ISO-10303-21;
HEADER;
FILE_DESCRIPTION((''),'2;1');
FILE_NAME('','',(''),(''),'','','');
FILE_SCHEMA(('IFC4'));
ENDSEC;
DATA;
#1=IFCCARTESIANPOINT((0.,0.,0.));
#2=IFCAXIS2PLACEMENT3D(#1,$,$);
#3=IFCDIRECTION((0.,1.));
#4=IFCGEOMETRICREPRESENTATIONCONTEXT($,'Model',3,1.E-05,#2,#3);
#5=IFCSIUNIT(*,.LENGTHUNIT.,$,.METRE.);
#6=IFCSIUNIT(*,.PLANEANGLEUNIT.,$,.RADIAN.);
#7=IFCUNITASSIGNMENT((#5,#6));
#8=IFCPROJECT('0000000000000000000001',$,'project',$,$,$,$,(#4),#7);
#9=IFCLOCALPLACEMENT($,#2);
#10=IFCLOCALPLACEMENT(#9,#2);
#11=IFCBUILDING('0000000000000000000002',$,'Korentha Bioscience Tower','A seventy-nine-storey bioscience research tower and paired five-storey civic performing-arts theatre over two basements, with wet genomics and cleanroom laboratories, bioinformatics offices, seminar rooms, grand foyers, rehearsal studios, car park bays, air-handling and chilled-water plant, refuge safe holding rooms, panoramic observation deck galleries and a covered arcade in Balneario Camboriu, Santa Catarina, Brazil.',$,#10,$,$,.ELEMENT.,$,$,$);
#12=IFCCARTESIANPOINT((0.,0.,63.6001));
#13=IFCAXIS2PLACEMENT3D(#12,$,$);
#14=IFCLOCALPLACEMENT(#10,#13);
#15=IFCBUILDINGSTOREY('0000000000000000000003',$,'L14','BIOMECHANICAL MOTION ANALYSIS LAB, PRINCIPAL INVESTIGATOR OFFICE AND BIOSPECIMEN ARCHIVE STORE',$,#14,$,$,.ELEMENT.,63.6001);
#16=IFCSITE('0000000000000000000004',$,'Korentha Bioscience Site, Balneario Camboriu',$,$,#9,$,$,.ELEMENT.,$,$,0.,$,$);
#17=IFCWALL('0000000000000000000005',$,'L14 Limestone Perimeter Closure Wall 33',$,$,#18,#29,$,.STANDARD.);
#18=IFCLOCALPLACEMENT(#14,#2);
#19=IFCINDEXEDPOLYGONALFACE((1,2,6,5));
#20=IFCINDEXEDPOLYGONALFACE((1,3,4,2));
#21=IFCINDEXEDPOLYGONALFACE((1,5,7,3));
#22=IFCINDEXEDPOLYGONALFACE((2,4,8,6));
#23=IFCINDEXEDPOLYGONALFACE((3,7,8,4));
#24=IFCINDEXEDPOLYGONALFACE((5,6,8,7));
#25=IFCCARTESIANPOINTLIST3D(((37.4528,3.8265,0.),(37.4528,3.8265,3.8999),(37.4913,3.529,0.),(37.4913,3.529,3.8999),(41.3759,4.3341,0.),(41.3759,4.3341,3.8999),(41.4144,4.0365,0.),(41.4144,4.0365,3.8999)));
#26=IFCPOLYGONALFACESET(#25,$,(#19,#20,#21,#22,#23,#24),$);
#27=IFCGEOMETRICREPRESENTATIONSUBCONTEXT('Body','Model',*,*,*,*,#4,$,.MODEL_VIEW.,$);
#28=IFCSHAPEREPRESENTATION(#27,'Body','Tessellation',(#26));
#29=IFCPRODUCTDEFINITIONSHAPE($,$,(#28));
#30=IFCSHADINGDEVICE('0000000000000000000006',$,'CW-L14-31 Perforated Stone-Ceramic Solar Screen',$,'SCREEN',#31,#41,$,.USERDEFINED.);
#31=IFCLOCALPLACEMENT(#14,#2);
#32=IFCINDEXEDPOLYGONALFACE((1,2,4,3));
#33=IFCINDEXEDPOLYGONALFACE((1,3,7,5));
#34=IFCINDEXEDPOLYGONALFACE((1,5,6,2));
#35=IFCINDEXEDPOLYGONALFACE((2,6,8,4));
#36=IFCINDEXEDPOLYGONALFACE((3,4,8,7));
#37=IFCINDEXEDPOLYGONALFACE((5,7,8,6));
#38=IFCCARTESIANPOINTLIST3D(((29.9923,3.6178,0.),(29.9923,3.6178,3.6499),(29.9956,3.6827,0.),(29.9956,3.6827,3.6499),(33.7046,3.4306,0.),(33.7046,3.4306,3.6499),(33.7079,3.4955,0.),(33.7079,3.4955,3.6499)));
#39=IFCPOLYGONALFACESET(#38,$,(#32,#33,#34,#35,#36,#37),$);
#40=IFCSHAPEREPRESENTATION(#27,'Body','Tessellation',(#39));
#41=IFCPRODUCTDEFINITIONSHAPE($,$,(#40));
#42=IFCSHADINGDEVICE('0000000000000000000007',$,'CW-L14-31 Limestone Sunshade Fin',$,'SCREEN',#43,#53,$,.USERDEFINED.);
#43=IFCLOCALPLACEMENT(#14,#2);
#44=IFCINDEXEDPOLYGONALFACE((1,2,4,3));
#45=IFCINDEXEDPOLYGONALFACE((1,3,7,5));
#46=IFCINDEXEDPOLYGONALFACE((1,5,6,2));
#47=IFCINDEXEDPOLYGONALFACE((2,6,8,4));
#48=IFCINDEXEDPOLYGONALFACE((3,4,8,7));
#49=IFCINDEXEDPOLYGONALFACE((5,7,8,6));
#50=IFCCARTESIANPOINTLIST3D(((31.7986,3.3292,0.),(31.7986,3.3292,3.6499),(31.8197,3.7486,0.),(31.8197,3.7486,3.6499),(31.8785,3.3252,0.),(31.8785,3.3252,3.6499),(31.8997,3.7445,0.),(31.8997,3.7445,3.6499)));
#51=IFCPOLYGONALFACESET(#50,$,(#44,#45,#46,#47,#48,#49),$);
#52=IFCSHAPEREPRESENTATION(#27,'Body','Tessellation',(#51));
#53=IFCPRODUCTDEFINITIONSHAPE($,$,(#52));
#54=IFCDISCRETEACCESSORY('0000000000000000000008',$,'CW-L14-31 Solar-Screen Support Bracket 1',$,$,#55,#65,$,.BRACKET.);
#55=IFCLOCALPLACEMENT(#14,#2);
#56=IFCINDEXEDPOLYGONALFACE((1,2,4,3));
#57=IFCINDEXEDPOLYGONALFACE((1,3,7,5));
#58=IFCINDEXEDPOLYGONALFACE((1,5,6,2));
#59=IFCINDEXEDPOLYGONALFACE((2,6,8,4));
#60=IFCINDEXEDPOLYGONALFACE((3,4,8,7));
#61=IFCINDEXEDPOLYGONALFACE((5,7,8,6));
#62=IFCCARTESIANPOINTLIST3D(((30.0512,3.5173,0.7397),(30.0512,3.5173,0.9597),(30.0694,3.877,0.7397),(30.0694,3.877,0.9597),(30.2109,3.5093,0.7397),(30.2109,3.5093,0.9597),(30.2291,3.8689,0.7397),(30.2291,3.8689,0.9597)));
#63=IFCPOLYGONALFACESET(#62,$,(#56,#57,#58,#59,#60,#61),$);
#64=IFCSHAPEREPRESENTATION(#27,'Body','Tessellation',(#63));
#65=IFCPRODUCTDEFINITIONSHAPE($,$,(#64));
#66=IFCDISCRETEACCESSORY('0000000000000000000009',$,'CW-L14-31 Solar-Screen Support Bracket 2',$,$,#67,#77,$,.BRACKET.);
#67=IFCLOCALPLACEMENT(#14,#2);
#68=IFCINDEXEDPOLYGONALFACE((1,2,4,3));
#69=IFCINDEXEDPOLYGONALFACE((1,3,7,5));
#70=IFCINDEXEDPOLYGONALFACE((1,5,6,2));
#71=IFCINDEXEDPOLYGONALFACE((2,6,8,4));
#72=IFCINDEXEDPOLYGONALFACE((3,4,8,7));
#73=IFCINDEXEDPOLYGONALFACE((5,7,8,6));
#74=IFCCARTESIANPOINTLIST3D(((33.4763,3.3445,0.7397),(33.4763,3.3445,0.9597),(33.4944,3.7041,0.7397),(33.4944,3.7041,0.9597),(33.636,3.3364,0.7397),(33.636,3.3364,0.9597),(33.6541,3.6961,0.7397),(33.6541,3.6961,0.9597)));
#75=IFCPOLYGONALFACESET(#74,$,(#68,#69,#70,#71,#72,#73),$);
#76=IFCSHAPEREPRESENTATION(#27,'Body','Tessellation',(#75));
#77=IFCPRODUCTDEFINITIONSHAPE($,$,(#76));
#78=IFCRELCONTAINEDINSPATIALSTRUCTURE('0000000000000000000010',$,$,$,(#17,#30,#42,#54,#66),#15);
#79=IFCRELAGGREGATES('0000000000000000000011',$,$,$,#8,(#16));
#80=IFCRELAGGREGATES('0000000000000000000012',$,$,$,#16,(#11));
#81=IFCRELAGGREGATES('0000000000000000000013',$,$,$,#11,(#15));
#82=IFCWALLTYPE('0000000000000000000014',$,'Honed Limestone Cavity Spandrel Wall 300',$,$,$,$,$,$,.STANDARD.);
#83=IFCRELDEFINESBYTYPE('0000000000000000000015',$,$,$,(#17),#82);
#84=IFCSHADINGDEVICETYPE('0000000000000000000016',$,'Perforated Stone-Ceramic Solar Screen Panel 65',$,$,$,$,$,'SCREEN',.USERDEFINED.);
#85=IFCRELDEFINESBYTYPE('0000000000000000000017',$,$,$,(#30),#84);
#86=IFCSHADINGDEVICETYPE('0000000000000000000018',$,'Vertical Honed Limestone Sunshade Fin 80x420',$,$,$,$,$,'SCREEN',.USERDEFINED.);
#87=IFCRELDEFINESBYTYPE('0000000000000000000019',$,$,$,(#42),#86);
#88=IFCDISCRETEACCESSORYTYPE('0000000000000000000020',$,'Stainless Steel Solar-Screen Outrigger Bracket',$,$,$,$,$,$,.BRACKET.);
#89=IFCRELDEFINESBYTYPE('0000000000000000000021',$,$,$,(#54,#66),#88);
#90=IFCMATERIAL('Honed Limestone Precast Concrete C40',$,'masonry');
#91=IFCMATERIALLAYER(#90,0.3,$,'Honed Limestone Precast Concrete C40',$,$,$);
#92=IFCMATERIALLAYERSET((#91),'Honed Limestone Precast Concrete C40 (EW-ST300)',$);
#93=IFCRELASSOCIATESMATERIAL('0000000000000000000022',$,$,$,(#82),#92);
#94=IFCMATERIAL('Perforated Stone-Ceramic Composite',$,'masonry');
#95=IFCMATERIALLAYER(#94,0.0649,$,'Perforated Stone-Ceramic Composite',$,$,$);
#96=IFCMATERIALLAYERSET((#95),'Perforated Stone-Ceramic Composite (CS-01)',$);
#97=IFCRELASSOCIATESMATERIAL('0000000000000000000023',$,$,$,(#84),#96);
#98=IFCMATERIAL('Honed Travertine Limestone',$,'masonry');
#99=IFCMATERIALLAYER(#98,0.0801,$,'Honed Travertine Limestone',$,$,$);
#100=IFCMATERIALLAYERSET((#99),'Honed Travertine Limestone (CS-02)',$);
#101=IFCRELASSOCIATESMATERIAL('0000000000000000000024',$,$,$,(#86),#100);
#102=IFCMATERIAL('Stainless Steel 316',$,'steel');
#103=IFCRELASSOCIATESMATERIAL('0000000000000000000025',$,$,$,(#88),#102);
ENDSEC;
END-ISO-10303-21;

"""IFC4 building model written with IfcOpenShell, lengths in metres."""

from ifc_helpers import new_model, si_unit, direction, frame, frame_2d, origin, origin_2d, place, context, subcontext, project, spatial, rectangle, extrude, material, layer, layer_set, type_object, element, save


model = new_model("IFC4")

# Units and contexts
model_context = context("Model", 3, precision=1e-05, world=origin(), true_north=direction((0.0, 1.0)))
body_context = subcontext(model_context, "Body", "Model", "MODEL_VIEW")
ifc_project = project(units=[si_unit("LENGTHUNIT", "METRE"), si_unit("PLANEANGLEUNIT", "RADIAN")], contexts=[model_context])

# Site, building, storey
site_placement = place(None, origin())
site = spatial("IfcSite", under=ifc_project, at=site_placement, Name="Korentha Bioscience Site, Balneario Camboriu", CompositionType="ELEMENT", RefElevation=0.0)
building_placement = place(site_placement, origin())
building = spatial("IfcBuilding", under=site, at=building_placement, Name="Korentha Bioscience Tower", Description="A seventy-nine-storey bioscience research tower and paired five-storey civic performing-arts theatre over two basements, with wet genomics and cleanroom laboratories, bioinformatics offices, seminar rooms, grand foyers, rehearsal studios, car park bays, air-handling and chilled-water plant, refuge safe holding rooms, panoramic observation deck galleries and a covered arcade in Balneario Camboriu, Santa Catarina, Brazil.", CompositionType="ELEMENT")
storey_placement = place(building_placement, frame((0.0, 0.0, 63.6001)))
storey = spatial("IfcBuildingStorey", under=building, at=storey_placement, Name="L14", Description="BIOMECHANICAL MOTION ANALYSIS LAB, PRINCIPAL INVESTIGATOR OFFICE AND BIOSPECIMEN ARCHIVE STORE", CompositionType="ELEMENT", Elevation=63.6001)

# Wall
ifc_material_1 = material(Name="Honed Limestone Precast Concrete C40", Category="masonry")
ifc_layer_1 = layer(ifc_material_1, 0.3, Name="Honed Limestone Precast Concrete C40")
ifc_layer_set_1 = layer_set([ifc_layer_1], Name="Honed Limestone Precast Concrete C40 (EW-ST300)")
wall_type_1 = type_object("IfcWallType", Name="Honed Limestone Cavity Spandrel Wall 300", PredefinedType="STANDARD", material=ifc_layer_set_1)
wall_1_placement = place(storey_placement, frame((37.4719, 3.6777, 0.0), z_axis=(0.0, 0.0, 1.0), x_axis=(0.991734, 0.12831, 0.0)))
element("IfcWall", 1, at=wall_1_placement, inside=storey, type_object=wall_type_1, Name="L14 Limestone Perimeter Closure Wall 33", PredefinedType="STANDARD", context=body_context, shape_type="SweptSolid", body=[
    extrude(rectangle(XDim=3.9558, YDim=0.3, at=frame_2d((1.978, 0.0))), origin(), (0.0, 0.0, 1.0), 3.8999),
])

# Shading devices
ifc_material_2 = material(Name="Perforated Stone-Ceramic Composite", Category="masonry")
ifc_layer_2 = layer(ifc_material_2, 0.0649, Name="Perforated Stone-Ceramic Composite")
ifc_layer_set_2 = layer_set([ifc_layer_2], Name="Perforated Stone-Ceramic Composite (CS-01)")
shading_device_type_1 = type_object("IfcShadingDeviceType", Name="Perforated Stone-Ceramic Solar Screen Panel 65", ElementType="SCREEN", PredefinedType="USERDEFINED", material=ifc_layer_set_2)
shading_device_1_placement = place(storey_placement, frame((31.8501, 3.5566, 0.0), z_axis=(0.0, 0.0, 1.0), x_axis=(0.998731, -0.050371, 0.0)))
element("IfcShadingDevice", 2, at=shading_device_1_placement, inside=storey, type_object=shading_device_type_1, Name="CW-L14-31 Perforated Stone-Ceramic Solar Screen", ObjectType="SCREEN", PredefinedType="USERDEFINED", context=body_context, shape_type="SweptSolid", body=[
    extrude(rectangle(XDim=3.717, YDim=0.0649, at=origin_2d()), origin(), (0.0, 0.0, 1.0), 3.6499),
])
ifc_material_3 = material(Name="Honed Travertine Limestone", Category="masonry")
ifc_layer_3 = layer(ifc_material_3, 0.0801, Name="Honed Travertine Limestone")
ifc_layer_set_3 = layer_set([ifc_layer_3], Name="Honed Travertine Limestone (CS-02)")
shading_device_type_2 = type_object("IfcShadingDeviceType", Name="Vertical Honed Limestone Sunshade Fin 80x420", ElementType="SCREEN", PredefinedType="USERDEFINED", material=ifc_layer_set_3)
shading_device_2_placement = place(storey_placement, frame((31.8491, 3.5369, 0.0), z_axis=(0.0, 0.0, 1.0), x_axis=(0.998731, -0.050371, 0.0)))
element("IfcShadingDevice", 3, at=shading_device_2_placement, inside=storey, type_object=shading_device_type_2, Name="CW-L14-31 Limestone Sunshade Fin", ObjectType="SCREEN", PredefinedType="USERDEFINED", context=body_context, shape_type="SweptSolid", body=[
    extrude(rectangle(XDim=0.0801, YDim=0.4199, at=origin_2d()), origin(), (0.0, 0.0, 1.0), 3.6499),
])

# Discrete accessories
ifc_material_4 = material(Name="Stainless Steel 316", Category="steel")
discrete_accessory_type = type_object("IfcDiscreteAccessoryType", Name="Stainless Steel Solar-Screen Outrigger Bracket", PredefinedType="BRACKET", material=ifc_material_4)
for number, where, z_axis, x_axis, name in (
    (4, (30.1401, 3.6931, 0.7397), (0.0, 0.0, 1.0), (0.998731, -0.050371, 0.0), "CW-L14-31 Solar-Screen Support Bracket 1"),
    (5, (33.5652, 3.5203, 0.7397), (0.0, 0.0, 1.0), (0.998731, -0.050371, 0.0), "CW-L14-31 Solar-Screen Support Bracket 2"),
):
    element("IfcDiscreteAccessory", number, at=place(storey_placement, frame(where, z_axis=z_axis, x_axis=x_axis)), inside=storey, type_object=discrete_accessory_type, Name=name, PredefinedType="BRACKET", context=body_context, shape_type="SweptSolid", body=[
        extrude(rectangle(XDim=0.1599, YDim=0.3601, at=origin_2d()), origin(), (0.0, 0.0, 1.0), 0.22),
    ])

save(model, "model.ifc")
